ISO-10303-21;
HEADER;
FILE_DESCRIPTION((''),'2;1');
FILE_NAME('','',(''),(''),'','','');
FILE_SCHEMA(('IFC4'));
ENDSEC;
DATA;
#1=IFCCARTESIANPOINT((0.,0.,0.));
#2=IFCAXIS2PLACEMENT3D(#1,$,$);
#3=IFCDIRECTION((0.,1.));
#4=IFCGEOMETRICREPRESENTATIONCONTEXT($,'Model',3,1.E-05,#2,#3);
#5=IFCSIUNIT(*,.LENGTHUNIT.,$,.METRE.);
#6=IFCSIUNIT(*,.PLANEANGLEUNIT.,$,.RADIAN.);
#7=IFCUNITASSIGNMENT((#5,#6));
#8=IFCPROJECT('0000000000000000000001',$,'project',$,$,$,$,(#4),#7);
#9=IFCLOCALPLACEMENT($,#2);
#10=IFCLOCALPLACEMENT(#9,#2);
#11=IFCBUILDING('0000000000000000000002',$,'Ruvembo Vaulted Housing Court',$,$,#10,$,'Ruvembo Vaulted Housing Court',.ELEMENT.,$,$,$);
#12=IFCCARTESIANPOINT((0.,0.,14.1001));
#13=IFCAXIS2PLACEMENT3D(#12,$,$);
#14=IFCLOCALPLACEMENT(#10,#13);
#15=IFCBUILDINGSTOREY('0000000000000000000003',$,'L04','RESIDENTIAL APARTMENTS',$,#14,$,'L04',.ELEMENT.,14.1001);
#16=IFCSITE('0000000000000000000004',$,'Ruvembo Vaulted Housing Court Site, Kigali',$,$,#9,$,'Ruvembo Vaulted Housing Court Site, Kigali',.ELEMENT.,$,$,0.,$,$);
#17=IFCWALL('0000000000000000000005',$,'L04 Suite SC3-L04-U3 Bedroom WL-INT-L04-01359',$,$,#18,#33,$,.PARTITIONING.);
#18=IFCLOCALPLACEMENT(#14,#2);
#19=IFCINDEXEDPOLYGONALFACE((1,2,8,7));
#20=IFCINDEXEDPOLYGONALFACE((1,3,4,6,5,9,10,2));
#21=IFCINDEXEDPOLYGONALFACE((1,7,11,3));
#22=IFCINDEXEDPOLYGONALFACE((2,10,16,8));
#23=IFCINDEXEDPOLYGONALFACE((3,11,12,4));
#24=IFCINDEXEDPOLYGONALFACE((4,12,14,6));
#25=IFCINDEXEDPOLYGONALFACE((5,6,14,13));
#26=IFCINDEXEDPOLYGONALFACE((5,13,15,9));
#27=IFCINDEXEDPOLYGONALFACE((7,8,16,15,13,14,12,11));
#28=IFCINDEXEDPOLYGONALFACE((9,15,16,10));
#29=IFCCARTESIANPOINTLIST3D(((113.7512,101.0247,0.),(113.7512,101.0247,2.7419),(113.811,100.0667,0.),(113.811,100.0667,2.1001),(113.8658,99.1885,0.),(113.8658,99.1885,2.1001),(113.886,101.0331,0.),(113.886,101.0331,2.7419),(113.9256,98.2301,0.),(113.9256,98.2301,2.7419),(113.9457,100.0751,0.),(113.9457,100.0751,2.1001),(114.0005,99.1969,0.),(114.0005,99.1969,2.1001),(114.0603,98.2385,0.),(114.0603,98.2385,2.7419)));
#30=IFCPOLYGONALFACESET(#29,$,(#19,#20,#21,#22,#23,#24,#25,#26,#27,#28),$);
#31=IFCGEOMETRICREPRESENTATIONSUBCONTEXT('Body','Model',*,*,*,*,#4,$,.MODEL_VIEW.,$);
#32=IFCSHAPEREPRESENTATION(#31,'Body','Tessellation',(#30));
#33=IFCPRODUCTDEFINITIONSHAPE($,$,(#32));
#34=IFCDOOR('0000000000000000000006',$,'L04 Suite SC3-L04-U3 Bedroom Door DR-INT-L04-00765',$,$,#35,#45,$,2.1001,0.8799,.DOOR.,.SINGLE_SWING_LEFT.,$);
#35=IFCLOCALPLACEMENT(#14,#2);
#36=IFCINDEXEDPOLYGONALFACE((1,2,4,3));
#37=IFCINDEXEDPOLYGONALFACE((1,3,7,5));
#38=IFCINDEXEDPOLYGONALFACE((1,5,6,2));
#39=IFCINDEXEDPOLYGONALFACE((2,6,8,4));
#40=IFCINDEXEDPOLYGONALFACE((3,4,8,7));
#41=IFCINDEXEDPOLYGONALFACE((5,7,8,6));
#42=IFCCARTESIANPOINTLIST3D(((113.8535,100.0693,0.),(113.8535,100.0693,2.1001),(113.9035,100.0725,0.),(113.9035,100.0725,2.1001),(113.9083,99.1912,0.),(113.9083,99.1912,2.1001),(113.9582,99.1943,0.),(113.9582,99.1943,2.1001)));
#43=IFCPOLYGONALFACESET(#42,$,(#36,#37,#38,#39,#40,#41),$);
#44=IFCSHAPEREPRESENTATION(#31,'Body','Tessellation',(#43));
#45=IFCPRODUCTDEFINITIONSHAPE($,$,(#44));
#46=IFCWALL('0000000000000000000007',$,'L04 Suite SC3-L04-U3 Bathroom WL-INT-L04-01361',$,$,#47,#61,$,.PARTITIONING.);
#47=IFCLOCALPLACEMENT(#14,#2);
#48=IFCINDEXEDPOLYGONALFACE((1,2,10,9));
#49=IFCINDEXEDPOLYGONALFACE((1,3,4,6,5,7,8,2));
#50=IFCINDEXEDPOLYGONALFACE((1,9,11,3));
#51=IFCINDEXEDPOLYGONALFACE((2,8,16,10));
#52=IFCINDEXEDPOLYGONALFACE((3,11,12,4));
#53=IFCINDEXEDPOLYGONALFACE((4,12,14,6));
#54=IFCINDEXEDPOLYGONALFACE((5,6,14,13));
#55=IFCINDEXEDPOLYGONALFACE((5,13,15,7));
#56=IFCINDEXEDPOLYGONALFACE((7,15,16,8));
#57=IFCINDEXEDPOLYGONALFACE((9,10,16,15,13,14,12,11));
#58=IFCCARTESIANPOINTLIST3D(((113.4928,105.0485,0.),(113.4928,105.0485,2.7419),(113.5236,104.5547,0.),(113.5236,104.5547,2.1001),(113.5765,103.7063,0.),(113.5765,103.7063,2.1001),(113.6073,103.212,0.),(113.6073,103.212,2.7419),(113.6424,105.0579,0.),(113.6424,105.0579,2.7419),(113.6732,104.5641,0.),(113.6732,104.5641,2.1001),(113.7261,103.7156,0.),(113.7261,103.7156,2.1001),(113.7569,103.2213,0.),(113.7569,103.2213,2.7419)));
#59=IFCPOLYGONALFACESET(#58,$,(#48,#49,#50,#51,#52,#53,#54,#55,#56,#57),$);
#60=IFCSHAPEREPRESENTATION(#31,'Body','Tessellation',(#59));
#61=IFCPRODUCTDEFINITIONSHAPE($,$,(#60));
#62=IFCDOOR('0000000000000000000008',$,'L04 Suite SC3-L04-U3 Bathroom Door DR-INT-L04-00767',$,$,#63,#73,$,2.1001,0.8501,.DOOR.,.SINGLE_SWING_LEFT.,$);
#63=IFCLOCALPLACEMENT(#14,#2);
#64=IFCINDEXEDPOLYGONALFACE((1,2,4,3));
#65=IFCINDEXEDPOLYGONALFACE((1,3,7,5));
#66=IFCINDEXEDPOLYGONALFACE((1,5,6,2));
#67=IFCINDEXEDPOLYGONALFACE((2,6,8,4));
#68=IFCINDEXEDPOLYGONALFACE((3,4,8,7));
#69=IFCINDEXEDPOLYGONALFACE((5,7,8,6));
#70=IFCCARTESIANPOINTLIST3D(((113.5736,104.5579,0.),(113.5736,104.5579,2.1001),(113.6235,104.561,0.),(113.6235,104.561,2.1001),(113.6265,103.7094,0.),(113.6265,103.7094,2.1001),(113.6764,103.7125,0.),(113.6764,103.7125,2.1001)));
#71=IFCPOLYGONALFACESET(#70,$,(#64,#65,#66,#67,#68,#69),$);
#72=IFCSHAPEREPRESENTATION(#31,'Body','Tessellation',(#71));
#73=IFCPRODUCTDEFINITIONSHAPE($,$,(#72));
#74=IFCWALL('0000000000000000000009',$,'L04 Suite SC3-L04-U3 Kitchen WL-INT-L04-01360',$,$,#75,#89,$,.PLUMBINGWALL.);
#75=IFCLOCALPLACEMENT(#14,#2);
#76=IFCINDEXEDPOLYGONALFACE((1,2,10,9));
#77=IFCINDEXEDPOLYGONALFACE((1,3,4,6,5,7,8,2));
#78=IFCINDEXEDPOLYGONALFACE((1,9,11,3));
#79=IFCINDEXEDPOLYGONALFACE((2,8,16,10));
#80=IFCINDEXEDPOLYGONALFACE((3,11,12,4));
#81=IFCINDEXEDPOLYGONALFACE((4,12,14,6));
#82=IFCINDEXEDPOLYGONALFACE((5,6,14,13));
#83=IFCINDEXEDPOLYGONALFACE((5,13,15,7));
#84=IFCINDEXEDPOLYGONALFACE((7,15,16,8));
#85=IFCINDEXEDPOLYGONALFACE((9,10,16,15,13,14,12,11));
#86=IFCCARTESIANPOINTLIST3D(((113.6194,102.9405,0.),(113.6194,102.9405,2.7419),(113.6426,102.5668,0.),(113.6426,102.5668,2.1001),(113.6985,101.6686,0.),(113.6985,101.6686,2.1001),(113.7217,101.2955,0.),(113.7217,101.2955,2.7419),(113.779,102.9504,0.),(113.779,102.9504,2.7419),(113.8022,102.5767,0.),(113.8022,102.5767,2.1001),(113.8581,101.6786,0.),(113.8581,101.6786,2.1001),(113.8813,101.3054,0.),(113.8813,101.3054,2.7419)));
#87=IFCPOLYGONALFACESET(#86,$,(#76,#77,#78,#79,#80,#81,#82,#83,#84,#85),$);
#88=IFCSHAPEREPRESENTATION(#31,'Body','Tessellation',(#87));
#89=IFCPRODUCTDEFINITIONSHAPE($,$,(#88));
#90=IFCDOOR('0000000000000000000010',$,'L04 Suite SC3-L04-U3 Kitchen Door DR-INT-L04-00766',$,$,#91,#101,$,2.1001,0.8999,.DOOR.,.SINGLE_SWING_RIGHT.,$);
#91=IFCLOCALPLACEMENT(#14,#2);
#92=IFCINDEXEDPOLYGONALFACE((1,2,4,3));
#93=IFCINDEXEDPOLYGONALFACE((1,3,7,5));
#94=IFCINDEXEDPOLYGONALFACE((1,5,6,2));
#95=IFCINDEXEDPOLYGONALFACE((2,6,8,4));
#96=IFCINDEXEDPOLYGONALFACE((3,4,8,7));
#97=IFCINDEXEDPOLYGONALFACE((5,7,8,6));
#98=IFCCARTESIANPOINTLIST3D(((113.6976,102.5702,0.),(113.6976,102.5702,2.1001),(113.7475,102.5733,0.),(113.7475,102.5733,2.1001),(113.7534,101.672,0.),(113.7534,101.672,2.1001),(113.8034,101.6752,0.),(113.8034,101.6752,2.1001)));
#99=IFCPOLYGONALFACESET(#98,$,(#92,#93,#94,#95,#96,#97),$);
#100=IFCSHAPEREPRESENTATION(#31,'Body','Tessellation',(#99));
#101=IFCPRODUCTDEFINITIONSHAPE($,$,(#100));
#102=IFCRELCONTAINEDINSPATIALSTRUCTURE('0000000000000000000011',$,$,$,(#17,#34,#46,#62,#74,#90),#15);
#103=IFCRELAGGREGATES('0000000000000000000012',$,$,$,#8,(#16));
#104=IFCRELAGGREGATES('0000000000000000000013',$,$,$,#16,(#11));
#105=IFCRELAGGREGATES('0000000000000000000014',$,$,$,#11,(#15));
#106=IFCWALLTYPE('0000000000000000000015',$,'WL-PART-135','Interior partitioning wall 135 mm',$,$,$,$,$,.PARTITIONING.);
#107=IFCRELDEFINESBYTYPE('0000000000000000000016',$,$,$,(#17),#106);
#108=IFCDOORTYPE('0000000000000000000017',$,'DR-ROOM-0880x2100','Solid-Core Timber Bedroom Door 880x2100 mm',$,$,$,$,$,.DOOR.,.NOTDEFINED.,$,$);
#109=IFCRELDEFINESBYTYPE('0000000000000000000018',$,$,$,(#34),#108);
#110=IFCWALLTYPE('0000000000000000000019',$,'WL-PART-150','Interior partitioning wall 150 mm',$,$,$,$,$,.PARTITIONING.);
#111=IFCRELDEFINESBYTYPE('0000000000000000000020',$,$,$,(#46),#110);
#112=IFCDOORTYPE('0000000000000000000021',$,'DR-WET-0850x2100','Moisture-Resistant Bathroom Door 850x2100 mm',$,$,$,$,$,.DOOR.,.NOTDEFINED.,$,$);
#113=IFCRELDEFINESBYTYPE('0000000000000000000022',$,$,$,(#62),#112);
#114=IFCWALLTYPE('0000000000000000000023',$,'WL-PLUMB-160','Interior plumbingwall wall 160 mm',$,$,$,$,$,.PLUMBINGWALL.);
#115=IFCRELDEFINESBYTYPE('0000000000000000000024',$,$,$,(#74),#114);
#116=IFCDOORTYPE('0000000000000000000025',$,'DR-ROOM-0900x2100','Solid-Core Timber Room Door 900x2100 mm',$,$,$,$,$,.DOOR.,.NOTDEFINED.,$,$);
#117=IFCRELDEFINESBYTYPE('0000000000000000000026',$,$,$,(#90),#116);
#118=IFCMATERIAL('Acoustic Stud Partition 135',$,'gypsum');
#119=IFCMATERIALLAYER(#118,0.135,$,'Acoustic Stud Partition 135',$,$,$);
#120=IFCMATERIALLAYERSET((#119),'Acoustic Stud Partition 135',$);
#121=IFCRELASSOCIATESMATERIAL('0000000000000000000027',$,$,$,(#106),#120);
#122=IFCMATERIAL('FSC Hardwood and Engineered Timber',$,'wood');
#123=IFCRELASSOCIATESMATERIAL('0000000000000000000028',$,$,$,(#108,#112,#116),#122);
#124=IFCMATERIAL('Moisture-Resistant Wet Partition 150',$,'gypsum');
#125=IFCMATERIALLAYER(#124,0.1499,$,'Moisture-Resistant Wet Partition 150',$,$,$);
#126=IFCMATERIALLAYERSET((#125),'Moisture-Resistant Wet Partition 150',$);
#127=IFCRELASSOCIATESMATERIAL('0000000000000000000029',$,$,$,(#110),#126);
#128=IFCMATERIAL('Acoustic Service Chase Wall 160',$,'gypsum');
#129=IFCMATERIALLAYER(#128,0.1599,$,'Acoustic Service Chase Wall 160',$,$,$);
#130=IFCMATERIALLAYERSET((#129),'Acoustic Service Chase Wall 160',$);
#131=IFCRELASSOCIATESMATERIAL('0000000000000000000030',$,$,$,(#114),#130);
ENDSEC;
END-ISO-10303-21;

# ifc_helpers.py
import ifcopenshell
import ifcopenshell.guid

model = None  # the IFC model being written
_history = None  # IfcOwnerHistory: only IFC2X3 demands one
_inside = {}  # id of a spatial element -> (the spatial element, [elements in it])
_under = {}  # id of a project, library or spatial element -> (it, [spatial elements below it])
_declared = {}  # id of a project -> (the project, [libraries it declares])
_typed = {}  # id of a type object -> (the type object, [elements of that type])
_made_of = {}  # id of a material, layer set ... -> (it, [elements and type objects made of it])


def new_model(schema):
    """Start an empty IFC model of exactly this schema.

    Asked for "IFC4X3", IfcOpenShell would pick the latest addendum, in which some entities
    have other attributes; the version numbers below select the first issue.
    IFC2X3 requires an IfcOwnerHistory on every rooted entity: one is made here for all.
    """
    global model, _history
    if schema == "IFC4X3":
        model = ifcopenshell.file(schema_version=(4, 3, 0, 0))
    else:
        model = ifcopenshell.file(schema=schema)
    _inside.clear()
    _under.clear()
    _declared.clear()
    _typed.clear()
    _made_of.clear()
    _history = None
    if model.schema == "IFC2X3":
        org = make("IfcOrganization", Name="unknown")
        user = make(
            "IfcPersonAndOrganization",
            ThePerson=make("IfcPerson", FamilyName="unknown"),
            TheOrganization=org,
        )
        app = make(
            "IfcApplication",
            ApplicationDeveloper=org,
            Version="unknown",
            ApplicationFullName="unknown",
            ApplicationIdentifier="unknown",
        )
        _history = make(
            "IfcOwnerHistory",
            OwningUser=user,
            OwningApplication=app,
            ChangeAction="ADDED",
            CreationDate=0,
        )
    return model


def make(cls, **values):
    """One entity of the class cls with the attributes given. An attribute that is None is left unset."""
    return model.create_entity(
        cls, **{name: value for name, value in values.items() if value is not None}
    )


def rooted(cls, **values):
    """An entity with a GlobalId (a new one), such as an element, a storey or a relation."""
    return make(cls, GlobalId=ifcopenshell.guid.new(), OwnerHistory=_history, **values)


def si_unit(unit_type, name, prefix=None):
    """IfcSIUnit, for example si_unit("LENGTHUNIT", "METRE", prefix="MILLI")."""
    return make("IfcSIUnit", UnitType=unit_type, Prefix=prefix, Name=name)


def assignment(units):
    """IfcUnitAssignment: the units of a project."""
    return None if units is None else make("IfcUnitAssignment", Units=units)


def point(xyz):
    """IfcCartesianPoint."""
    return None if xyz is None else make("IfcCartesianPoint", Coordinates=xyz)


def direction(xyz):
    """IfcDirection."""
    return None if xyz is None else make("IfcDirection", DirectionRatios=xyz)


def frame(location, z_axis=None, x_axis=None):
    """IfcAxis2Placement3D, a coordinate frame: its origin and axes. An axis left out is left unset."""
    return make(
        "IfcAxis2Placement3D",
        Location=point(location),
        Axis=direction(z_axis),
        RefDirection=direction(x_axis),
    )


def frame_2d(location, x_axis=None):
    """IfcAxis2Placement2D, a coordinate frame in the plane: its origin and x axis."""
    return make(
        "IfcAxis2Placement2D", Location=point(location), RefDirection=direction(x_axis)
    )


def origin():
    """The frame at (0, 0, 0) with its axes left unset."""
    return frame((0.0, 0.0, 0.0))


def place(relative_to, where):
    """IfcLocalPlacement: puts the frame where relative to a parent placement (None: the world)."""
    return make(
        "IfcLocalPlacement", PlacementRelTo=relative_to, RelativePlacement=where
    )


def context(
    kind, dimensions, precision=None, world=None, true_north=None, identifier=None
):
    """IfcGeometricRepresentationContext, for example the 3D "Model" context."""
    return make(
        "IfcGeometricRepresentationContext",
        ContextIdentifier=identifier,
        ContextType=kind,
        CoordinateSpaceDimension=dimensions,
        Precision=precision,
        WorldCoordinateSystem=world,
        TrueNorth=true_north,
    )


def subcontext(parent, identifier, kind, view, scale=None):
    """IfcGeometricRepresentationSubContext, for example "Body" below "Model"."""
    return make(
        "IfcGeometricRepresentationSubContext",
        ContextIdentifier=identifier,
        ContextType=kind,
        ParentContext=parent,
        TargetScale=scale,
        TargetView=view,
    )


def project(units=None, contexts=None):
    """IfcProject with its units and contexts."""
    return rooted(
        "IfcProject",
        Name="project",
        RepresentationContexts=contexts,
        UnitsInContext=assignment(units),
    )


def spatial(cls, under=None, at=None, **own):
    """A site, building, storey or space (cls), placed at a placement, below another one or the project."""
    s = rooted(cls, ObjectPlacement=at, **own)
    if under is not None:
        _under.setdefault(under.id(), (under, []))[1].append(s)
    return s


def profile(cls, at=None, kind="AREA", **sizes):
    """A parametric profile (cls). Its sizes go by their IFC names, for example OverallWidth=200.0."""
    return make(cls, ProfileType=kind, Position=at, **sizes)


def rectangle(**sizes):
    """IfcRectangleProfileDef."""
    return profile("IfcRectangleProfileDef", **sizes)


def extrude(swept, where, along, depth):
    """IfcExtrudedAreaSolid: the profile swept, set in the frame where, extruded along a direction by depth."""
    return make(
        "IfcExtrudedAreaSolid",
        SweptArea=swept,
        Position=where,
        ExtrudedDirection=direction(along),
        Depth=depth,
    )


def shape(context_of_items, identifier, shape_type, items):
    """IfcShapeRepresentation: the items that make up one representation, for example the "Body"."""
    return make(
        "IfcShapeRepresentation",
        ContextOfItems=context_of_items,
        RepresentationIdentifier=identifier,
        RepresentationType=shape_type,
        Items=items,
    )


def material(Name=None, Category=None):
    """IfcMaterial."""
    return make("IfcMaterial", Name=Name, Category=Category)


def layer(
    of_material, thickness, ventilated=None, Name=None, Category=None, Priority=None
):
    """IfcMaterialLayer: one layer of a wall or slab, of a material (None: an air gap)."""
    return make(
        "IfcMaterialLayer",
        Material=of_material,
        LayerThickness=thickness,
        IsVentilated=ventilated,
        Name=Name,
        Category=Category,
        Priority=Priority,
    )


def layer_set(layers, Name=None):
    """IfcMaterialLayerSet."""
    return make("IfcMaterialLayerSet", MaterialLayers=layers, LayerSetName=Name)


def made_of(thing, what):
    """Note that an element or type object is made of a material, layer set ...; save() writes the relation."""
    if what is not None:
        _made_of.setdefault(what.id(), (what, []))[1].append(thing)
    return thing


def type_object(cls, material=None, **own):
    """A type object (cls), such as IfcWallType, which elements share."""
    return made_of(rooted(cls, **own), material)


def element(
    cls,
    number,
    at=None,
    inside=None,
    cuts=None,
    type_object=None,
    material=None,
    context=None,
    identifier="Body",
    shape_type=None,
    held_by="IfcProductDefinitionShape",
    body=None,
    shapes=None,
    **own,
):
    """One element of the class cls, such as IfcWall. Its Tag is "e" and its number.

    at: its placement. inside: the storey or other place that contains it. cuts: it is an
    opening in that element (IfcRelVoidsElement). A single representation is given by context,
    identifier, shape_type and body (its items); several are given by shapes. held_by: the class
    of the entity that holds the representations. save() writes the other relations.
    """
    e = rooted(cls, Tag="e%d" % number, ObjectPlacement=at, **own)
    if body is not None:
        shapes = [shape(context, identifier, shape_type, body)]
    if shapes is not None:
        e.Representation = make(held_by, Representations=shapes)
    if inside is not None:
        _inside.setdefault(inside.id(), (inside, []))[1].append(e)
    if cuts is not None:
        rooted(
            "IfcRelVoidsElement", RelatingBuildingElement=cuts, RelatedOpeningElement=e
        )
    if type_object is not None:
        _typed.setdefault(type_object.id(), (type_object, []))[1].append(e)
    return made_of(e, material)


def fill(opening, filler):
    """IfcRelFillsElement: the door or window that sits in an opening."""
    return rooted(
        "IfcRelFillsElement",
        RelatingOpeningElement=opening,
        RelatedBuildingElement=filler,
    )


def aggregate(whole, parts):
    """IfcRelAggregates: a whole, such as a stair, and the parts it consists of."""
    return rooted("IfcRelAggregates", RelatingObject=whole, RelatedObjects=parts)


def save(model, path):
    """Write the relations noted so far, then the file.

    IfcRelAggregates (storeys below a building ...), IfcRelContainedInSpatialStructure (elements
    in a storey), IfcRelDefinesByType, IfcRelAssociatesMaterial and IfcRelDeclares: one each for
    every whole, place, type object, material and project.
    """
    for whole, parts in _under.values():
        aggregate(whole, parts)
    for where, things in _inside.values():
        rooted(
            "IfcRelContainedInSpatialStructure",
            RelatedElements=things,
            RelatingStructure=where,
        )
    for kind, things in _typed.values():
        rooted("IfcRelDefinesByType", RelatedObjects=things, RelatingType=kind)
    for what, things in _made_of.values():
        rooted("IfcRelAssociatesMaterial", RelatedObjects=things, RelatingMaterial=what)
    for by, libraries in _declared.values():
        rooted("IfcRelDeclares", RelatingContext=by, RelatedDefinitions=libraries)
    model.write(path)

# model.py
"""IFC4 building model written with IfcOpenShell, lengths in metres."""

from ifc_helpers import new_model, si_unit, direction, frame, frame_2d, origin, place, context, subcontext, project, spatial, rectangle, extrude, material, layer, layer_set, type_object, element, fill, save


model = new_model("IFC4")

# Units and contexts
model_context = context("Model", 3, precision=1e-05, world=origin(), true_north=direction((0.0, 1.0)))
body_context = subcontext(model_context, "Body", "Model", "MODEL_VIEW")
ifc_project = project(units=[si_unit("LENGTHUNIT", "METRE"), si_unit("PLANEANGLEUNIT", "RADIAN")], contexts=[model_context])

# Site, building, storey
site_placement = place(None, origin())
site = spatial("IfcSite", under=ifc_project, at=site_placement, Name="Ruvembo Vaulted Housing Court Site, Kigali", LongName="Ruvembo Vaulted Housing Court Site, Kigali", CompositionType="ELEMENT", RefElevation=0.0)
building_placement = place(site_placement, origin())
building = spatial("IfcBuilding", under=site, at=building_placement, Name="Ruvembo Vaulted Housing Court", LongName="Ruvembo Vaulted Housing Court", CompositionType="ELEMENT")
storey_placement = place(building_placement, frame((0.0, 0.0, 14.1001)))
storey = spatial("IfcBuildingStorey", under=building, at=storey_placement, Name="L04", Description="RESIDENTIAL APARTMENTS", LongName="L04", CompositionType="ELEMENT", Elevation=14.1001)

# Shared definitions
ifc_material_1 = material(Name="FSC Hardwood and Engineered Timber", Category="wood")

# Walls, openings, doors
ifc_material_2 = material(Name="Acoustic Stud Partition 135", Category="gypsum")
ifc_layer_1 = layer(ifc_material_2, 0.135, Name="Acoustic Stud Partition 135")
ifc_layer_set_1 = layer_set([ifc_layer_1], Name="Acoustic Stud Partition 135")
wall_type_1 = type_object("IfcWallType", Name="WL-PART-135", Description="Interior partitioning wall 135 mm", PredefinedType="PARTITIONING", material=ifc_layer_set_1)
wall_1_placement = place(storey_placement, frame((113.9929, 98.2344, 0.0), z_axis=(0.0, 0.0, 1.0), x_axis=(-0.062253, 0.99806, 0.0)))
wall_1 = element("IfcWall", 1, at=wall_1_placement, inside=storey, type_object=wall_type_1, Name="L04 Suite SC3-L04-U3 Bedroom WL-INT-L04-01359", PredefinedType="PARTITIONING", context=body_context, shape_type="SweptSolid", body=[
    extrude(rectangle(XDim=2.8, YDim=0.135, at=frame_2d((1.3999, 0.0))), origin(), (0.0, 0.0, 1.0), 2.7419),
])
opening_1_placement = place(wall_1_placement, frame((0.9602, 0.0, 0.0)))
opening_1 = element("IfcOpeningElement", 2, at=opening_1_placement, cuts=wall_1, PredefinedType="OPENING", context=body_context, shape_type="SweptSolid", body=[
    extrude(rectangle(XDim=0.8799, YDim=2.1001, at=frame_2d((0.4399, 1.05))), frame((0.0, 0.0774, 0.0), z_axis=(0.0, -1.0, 0.0), x_axis=(1.0, 0.0, 0.0)), (0.0, 0.0, 1.0), 0.155),
])
door_type_1 = type_object("IfcDoorType", Name="DR-ROOM-0880x2100", Description="Solid-Core Timber Bedroom Door 880x2100 mm", OperationType="NOTDEFINED", PredefinedType="DOOR", material=ifc_material_1)
door_1_placement = place(opening_1_placement, origin())
door_1 = element("IfcDoor", 3, at=door_1_placement, inside=storey, type_object=door_type_1, Name="L04 Suite SC3-L04-U3 Bedroom Door DR-INT-L04-00765", OperationType="SINGLE_SWING_LEFT", OverallHeight=2.1001, OverallWidth=0.8799, PredefinedType="DOOR", context=body_context, shape_type="SweptSolid", body=[
    extrude(rectangle(XDim=0.8799, YDim=2.1001, at=frame_2d((0.4399, 1.05))), frame((0.0, 0.0249, 0.0), z_axis=(0.0, -1.0, 0.0), x_axis=(1.0, 0.0, 0.0)), (0.0, 0.0, 1.0), 0.05),
])
fill(opening_1, door_1)
ifc_material_3 = material(Name="Moisture-Resistant Wet Partition 150", Category="gypsum")
ifc_layer_2 = layer(ifc_material_3, 0.1499, Name="Moisture-Resistant Wet Partition 150")
ifc_layer_set_2 = layer_set([ifc_layer_2], Name="Moisture-Resistant Wet Partition 150")
wall_type_2 = type_object("IfcWallType", Name="WL-PART-150", Description="Interior partitioning wall 150 mm", PredefinedType="PARTITIONING", material=ifc_layer_set_2)
wall_2_placement = place(storey_placement, frame((113.6821, 103.2168, 0.0), z_axis=(0.0, 0.0, 1.0), x_axis=(-0.06223, 0.998062, 0.0)))
wall_2 = element("IfcWall", 4, at=wall_2_placement, inside=storey, type_object=wall_type_2, Name="L04 Suite SC3-L04-U3 Bathroom WL-INT-L04-01361", PredefinedType="PARTITIONING", context=body_context, shape_type="SweptSolid", body=[
    extrude(rectangle(XDim=1.8401, YDim=0.1499, at=frame_2d((0.9199, 0.0))), origin(), (0.0, 0.0, 1.0), 2.7419),
])
opening_2_placement = place(wall_2_placement, frame((0.4951, 0.0, 0.0)))
opening_2 = element("IfcOpeningElement", 5, at=opening_2_placement, cuts=wall_2, PredefinedType="OPENING", context=body_context, shape_type="SweptSolid", body=[
    extrude(rectangle(XDim=0.8501, YDim=2.1001, at=frame_2d((0.425, 1.05))), frame((0.0, 0.085, 0.0), z_axis=(0.0, -1.0, 0.0), x_axis=(1.0, 0.0, 0.0)), (0.0, 0.0, 1.0), 0.1699),
])
door_type_2 = type_object("IfcDoorType", Name="DR-WET-0850x2100", Description="Moisture-Resistant Bathroom Door 850x2100 mm", OperationType="NOTDEFINED", PredefinedType="DOOR", material=ifc_material_1)
door_2_placement = place(opening_2_placement, origin())
door_2 = element("IfcDoor", 6, at=door_2_placement, inside=storey, type_object=door_type_2, Name="L04 Suite SC3-L04-U3 Bathroom Door DR-INT-L04-00767", OperationType="SINGLE_SWING_LEFT", OverallHeight=2.1001, OverallWidth=0.8501, PredefinedType="DOOR", context=body_context, shape_type="SweptSolid", body=[
    extrude(rectangle(XDim=0.8501, YDim=2.1001, at=frame_2d((0.425, 1.05))), frame((0.0, 0.0249, 0.0), z_axis=(0.0, -1.0, 0.0), x_axis=(1.0, 0.0, 0.0)), (0.0, 0.0, 1.0), 0.05),
])
fill(opening_2, door_2)
ifc_material_4 = material(Name="Acoustic Service Chase Wall 160", Category="gypsum")
ifc_layer_3 = layer(ifc_material_4, 0.1599, Name="Acoustic Service Chase Wall 160")
ifc_layer_set_3 = layer_set([ifc_layer_3], Name="Acoustic Service Chase Wall 160")
wall_type_3 = type_object("IfcWallType", Name="WL-PLUMB-160", Description="Interior plumbingwall wall 160 mm", PredefinedType="PLUMBINGWALL", material=ifc_layer_set_3)
wall_3_placement = place(storey_placement, frame((113.8015, 101.3003, 0.0), z_axis=(0.0, 0.0, 1.0), x_axis=(-0.062065, 0.998072, 0.0)))
wall_3 = element("IfcWall", 7, at=wall_3_placement, inside=storey, type_object=wall_type_3, Name="L04 Suite SC3-L04-U3 Kitchen WL-INT-L04-01360", PredefinedType="PLUMBINGWALL", context=body_context, shape_type="SweptSolid", body=[
    extrude(rectangle(XDim=1.6482, YDim=0.1599, at=frame_2d((0.8242, 0.0))), origin(), (0.0, 0.0, 1.0), 2.7419),
])
opening_3_placement = place(wall_3_placement, frame((0.374, 0.0, 0.0)))
opening_3 = element("IfcOpeningElement", 8, at=opening_3_placement, cuts=wall_3, PredefinedType="OPENING", context=body_context, shape_type="SweptSolid", body=[
    extrude(rectangle(XDim=0.8999, YDim=2.1001, at=frame_2d((0.45, 1.05))), frame((0.0, 0.0898, 0.0), z_axis=(0.0, -1.0, 0.0), x_axis=(1.0, 0.0, 0.0)), (0.0, 0.0, 1.0), 0.1799),
])
door_type_3 = type_object("IfcDoorType", Name="DR-ROOM-0900x2100", Description="Solid-Core Timber Room Door 900x2100 mm", OperationType="NOTDEFINED", PredefinedType="DOOR", material=ifc_material_1)
door_3_placement = place(opening_3_placement, origin())
door_3 = element("IfcDoor", 9, at=door_3_placement, inside=storey, type_object=door_type_3, Name="L04 Suite SC3-L04-U3 Kitchen Door DR-INT-L04-00766", OperationType="SINGLE_SWING_RIGHT", OverallHeight=2.1001, OverallWidth=0.8999, PredefinedType="DOOR", context=body_context, shape_type="SweptSolid", body=[
    extrude(rectangle(XDim=0.8999, YDim=2.1001, at=frame_2d((0.45, 1.05))), frame((0.0, 0.0249, 0.0), z_axis=(0.0, -1.0, 0.0), x_axis=(1.0, 0.0, 0.0)), (0.0, 0.0, 1.0), 0.05),
])
fill(opening_3, door_3)

save(model, "model.ifc")
